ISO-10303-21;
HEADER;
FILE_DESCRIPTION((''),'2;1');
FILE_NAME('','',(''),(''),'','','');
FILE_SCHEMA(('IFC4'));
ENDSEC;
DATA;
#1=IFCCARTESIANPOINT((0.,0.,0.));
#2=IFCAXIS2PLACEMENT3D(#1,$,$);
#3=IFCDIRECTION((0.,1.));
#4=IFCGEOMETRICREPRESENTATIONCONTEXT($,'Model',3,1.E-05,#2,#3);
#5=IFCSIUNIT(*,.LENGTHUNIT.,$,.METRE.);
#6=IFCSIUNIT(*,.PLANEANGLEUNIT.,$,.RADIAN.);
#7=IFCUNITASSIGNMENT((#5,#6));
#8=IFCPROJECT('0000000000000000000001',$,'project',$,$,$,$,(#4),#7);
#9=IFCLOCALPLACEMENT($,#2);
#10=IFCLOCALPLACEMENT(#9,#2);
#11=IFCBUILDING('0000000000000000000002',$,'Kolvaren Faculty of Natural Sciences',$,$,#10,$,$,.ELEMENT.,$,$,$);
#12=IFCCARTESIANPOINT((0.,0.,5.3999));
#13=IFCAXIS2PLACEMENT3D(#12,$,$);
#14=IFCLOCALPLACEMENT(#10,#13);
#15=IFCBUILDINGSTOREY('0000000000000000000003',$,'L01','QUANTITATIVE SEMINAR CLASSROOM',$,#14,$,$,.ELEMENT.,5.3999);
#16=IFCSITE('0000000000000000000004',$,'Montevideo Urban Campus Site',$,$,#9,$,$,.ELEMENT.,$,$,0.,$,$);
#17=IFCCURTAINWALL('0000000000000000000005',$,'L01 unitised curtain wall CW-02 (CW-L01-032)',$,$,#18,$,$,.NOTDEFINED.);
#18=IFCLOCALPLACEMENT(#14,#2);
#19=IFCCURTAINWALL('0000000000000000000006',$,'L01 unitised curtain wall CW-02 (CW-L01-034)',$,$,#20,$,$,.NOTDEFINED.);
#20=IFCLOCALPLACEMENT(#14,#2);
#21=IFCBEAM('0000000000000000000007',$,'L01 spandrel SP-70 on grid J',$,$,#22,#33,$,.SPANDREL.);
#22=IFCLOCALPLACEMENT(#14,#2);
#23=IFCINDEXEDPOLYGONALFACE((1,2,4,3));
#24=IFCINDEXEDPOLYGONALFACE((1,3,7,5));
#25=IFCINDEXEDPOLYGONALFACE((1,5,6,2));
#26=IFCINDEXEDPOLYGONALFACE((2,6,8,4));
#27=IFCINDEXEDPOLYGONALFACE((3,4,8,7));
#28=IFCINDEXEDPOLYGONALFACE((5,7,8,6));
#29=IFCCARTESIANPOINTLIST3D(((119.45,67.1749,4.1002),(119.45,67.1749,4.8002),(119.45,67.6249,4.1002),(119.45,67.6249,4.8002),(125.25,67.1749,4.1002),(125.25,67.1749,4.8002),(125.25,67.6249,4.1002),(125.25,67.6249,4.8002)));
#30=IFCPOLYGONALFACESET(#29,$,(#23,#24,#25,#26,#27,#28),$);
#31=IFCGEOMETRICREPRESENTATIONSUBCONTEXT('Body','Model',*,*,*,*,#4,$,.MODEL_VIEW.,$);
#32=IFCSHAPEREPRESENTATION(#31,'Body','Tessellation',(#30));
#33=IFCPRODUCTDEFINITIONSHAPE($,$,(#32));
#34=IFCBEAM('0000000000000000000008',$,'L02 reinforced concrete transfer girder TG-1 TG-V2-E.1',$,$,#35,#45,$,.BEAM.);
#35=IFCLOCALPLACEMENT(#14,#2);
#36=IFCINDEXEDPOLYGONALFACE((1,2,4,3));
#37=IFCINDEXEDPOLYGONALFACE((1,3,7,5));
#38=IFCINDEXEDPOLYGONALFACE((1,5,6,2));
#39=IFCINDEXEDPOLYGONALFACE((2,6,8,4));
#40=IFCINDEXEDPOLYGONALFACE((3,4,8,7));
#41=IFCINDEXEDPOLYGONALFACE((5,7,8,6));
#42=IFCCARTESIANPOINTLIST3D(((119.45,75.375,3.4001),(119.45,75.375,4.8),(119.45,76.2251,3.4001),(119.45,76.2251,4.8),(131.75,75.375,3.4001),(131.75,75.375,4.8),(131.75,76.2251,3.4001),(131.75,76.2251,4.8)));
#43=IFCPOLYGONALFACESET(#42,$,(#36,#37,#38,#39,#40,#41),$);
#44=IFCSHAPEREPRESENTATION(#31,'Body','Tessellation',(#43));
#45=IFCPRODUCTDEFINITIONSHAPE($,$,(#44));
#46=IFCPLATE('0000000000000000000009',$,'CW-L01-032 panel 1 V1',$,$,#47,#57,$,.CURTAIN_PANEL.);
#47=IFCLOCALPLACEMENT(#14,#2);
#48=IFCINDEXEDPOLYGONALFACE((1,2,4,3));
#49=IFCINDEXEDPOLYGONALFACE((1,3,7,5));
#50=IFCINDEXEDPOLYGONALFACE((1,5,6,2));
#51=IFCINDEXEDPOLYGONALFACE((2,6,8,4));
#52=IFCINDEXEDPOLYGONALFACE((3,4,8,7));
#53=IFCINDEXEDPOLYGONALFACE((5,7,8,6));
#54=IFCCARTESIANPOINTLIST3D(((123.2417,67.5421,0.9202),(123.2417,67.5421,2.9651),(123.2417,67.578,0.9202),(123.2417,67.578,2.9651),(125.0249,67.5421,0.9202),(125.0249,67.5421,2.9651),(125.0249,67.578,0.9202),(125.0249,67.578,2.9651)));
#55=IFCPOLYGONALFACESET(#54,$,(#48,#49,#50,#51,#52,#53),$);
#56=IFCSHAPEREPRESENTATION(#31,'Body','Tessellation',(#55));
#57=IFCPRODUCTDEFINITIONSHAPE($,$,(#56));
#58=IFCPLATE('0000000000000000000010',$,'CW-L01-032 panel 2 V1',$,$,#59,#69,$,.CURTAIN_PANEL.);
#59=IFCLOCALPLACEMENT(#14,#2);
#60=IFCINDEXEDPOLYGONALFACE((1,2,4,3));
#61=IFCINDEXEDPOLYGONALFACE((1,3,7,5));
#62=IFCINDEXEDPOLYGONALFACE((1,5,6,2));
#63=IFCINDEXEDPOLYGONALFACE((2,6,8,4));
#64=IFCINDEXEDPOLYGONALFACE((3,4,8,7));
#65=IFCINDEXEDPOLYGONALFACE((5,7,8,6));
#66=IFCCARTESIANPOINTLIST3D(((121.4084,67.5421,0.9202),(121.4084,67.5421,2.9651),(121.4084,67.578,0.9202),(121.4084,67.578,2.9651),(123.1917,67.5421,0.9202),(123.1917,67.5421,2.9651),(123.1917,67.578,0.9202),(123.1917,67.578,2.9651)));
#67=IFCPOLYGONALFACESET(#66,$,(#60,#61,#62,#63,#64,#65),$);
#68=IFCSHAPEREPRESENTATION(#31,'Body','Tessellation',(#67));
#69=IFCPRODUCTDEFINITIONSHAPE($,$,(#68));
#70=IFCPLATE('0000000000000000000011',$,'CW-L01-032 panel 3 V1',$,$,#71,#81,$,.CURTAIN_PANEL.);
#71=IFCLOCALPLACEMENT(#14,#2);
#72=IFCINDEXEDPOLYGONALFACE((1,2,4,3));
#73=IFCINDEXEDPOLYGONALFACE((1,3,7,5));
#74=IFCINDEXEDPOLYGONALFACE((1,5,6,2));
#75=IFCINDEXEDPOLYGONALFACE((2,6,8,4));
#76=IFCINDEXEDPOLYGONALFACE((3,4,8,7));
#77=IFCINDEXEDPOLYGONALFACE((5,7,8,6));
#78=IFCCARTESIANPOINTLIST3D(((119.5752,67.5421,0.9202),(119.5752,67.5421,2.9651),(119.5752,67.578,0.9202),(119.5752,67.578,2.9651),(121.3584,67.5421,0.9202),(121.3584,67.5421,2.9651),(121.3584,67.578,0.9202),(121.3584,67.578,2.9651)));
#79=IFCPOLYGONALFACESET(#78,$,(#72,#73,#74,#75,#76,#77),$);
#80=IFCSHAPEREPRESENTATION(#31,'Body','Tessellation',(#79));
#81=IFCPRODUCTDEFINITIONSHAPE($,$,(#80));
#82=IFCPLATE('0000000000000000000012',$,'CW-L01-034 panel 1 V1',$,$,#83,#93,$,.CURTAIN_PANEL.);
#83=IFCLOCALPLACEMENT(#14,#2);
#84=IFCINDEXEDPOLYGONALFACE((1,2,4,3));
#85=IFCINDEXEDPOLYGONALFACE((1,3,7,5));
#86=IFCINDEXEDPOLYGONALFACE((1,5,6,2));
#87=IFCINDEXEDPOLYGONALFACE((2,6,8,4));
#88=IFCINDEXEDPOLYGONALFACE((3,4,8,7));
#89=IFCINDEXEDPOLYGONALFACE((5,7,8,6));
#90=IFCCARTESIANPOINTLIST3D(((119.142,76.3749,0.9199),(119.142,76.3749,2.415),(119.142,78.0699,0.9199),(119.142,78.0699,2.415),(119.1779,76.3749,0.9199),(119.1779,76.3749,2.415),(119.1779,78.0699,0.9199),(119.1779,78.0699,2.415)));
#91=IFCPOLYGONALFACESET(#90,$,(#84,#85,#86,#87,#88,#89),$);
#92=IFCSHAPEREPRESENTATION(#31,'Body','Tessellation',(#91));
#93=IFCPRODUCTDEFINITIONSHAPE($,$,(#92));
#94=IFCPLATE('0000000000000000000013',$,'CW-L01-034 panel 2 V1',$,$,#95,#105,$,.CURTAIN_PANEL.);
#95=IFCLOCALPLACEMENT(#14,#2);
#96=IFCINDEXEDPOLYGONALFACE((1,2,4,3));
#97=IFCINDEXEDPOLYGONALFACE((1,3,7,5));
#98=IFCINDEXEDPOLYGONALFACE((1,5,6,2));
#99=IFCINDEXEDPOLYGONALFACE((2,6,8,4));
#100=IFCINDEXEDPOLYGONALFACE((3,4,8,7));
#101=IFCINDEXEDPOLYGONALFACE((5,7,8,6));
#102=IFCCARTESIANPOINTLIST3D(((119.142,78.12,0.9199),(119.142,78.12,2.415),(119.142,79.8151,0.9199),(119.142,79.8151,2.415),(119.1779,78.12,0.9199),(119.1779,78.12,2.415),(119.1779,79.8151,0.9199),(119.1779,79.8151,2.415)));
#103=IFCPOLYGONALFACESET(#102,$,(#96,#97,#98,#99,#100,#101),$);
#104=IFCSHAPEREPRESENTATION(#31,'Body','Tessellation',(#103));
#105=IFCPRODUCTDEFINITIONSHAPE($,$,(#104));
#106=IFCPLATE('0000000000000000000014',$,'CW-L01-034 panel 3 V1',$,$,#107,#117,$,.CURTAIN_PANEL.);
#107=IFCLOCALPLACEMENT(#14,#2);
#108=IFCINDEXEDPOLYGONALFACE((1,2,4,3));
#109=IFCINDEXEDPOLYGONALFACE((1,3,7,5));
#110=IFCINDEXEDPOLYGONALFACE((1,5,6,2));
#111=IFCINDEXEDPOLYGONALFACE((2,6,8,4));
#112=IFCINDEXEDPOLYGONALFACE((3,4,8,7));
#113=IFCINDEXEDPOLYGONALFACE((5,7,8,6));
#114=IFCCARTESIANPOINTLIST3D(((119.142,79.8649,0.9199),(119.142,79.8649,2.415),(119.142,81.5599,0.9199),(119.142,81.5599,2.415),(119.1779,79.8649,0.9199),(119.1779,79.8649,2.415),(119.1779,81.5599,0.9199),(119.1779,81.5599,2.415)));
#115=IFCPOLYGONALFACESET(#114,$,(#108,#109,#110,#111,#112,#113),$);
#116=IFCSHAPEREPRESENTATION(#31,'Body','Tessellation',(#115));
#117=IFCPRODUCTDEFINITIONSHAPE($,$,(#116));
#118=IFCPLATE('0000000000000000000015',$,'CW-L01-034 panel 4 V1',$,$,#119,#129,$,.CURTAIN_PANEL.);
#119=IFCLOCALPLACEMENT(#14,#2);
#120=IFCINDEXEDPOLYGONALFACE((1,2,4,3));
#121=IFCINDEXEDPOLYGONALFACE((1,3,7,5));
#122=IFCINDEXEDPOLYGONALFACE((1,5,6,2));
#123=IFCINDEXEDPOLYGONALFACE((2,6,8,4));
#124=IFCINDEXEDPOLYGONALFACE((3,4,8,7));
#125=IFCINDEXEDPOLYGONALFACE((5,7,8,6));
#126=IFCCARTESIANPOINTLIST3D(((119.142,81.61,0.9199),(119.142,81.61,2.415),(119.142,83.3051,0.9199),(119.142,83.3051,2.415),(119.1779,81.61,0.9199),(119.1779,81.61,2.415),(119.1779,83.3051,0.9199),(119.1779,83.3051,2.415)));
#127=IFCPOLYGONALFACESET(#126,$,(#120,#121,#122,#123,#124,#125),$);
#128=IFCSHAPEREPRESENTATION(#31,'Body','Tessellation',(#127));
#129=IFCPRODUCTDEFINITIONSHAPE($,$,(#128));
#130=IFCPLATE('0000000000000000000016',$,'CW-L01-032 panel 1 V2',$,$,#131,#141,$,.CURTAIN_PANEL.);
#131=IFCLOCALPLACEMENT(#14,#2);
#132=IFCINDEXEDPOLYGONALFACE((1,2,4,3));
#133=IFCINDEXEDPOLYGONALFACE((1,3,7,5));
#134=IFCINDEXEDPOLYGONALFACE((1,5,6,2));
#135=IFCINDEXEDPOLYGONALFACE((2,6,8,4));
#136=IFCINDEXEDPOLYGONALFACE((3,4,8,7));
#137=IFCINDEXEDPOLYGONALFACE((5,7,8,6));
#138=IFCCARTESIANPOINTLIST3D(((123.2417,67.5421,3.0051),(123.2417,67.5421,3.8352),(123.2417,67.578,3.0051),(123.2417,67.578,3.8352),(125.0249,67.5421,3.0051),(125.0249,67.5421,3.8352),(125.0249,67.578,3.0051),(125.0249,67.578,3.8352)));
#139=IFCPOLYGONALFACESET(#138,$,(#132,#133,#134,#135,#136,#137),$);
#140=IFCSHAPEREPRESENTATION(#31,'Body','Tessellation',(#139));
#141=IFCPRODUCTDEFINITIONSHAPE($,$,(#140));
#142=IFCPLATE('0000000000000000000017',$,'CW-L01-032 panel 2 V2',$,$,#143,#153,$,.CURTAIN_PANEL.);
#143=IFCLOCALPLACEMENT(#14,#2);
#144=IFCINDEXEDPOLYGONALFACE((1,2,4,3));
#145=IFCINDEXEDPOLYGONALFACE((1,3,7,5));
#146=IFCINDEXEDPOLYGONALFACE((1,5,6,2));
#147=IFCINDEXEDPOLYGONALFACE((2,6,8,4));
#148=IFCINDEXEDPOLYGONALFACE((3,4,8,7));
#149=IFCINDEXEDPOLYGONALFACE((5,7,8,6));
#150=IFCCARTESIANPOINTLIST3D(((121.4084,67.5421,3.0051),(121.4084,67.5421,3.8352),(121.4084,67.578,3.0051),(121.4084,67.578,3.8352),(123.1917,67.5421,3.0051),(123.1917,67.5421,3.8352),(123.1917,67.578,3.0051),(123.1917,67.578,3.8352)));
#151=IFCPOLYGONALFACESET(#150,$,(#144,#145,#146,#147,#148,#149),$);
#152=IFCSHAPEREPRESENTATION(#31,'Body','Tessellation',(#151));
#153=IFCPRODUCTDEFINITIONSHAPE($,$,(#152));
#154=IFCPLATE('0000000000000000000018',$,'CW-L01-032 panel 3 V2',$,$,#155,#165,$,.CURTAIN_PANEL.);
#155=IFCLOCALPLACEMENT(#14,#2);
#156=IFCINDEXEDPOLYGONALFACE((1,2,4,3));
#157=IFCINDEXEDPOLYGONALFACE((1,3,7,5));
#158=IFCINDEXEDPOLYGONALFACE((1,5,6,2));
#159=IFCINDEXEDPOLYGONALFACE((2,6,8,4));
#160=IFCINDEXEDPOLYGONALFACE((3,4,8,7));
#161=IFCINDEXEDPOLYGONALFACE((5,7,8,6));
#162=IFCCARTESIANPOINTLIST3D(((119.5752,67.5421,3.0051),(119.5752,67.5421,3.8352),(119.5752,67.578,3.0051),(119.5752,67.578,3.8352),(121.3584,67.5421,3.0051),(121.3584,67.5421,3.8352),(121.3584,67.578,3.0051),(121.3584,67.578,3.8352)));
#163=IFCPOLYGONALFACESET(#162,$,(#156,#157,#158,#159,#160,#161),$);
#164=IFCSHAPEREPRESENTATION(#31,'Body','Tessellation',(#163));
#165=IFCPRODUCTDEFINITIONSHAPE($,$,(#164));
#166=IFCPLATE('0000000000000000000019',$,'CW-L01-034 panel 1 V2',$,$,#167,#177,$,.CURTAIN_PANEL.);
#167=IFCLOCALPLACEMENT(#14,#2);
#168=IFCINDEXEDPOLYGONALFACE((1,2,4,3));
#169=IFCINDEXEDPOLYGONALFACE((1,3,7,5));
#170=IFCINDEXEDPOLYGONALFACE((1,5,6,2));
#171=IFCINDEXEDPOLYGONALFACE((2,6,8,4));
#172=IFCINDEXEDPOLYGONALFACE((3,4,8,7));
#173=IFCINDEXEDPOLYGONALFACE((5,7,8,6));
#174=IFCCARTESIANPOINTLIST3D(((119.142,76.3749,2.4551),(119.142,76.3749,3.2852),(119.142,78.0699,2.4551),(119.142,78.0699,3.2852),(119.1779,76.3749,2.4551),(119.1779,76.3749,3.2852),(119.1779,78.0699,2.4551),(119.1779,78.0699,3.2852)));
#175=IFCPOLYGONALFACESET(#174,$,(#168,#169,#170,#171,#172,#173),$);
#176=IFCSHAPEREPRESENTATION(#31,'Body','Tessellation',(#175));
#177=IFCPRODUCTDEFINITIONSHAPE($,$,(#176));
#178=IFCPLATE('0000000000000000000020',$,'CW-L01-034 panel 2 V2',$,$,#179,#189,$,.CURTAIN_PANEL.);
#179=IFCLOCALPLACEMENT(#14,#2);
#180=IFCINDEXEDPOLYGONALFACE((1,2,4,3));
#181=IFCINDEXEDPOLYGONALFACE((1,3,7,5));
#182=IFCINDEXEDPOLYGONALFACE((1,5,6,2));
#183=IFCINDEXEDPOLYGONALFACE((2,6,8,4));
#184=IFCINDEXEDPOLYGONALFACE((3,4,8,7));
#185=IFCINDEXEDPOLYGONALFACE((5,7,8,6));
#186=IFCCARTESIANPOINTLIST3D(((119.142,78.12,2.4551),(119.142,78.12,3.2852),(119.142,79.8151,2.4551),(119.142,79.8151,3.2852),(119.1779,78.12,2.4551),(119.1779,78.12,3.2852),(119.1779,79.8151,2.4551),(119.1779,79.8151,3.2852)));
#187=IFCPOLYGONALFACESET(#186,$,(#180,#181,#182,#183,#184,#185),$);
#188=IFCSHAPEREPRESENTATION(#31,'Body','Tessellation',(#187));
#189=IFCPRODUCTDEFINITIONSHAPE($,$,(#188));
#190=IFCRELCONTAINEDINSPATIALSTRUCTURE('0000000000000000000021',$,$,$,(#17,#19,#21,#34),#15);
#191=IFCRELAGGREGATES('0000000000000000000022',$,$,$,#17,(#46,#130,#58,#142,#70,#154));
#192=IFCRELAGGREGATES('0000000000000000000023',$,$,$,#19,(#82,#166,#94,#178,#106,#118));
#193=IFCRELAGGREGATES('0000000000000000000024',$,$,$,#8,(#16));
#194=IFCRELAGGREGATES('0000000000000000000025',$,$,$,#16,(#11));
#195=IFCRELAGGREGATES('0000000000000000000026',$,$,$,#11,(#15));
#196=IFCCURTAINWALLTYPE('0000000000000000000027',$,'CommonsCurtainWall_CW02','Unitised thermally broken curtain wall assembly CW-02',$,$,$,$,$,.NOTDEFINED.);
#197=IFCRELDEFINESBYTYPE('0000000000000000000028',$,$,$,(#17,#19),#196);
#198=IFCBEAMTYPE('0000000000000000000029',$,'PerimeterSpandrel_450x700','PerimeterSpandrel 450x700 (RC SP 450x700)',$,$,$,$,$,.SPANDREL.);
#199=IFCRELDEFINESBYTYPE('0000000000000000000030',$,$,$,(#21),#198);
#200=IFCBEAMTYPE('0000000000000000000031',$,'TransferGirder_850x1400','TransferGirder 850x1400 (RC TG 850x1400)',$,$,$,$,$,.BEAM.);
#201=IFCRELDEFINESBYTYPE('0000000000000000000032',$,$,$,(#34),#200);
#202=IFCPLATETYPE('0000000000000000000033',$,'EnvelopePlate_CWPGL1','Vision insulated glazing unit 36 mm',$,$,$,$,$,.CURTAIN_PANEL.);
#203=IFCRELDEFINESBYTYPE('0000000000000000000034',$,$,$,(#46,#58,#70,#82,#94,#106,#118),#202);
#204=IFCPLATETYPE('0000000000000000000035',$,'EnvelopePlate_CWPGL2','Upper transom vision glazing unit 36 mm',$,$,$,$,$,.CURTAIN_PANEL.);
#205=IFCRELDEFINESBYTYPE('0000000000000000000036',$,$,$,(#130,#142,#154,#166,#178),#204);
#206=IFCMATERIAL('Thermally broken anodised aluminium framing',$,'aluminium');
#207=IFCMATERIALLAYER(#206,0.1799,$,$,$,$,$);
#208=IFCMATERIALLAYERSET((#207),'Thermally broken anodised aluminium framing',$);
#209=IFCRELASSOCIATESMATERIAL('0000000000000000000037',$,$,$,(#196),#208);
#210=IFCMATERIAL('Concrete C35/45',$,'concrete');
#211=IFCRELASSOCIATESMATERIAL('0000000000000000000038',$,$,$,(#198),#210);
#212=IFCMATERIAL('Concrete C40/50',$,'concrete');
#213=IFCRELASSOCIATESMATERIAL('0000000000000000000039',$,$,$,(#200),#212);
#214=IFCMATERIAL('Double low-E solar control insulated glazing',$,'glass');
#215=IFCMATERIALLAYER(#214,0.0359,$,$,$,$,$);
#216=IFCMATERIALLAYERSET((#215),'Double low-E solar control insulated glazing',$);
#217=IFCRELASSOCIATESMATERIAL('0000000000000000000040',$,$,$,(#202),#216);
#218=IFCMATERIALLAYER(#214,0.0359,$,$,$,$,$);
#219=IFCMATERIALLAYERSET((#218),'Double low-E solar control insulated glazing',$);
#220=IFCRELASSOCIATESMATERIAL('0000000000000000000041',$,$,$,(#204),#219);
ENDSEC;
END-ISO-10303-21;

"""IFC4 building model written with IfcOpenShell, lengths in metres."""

from ifc_helpers import new_model, si_unit, direction, frame, origin, origin_2d, place, context, subcontext, project, spatial, rectangle, extrude, material, layer, layer_set, material_profile, profile_set, type_object, element, aggregate, save


model = new_model("IFC4")

# Units and contexts
model_context = context("Model", 3, precision=1e-05, world=origin(), true_north=direction((0.0, 1.0)))
body_context = subcontext(model_context, "Body", "Model", "MODEL_VIEW")
ifc_project = project(units=[si_unit("LENGTHUNIT", "METRE"), si_unit("PLANEANGLEUNIT", "RADIAN")], contexts=[model_context])

# Site, building, storey
site_placement = place(None, origin())
site = spatial("IfcSite", under=ifc_project, at=site_placement, Name="Montevideo Urban Campus Site", CompositionType="ELEMENT", RefElevation=0.0)
building_placement = place(site_placement, origin())
building = spatial("IfcBuilding", under=site, at=building_placement, Name="Kolvaren Faculty of Natural Sciences", CompositionType="ELEMENT")
storey_placement = place(building_placement, frame((0.0, 0.0, 5.3999)))
storey = spatial("IfcBuildingStorey", under=building, at=storey_placement, Name="L01", Description="QUANTITATIVE SEMINAR CLASSROOM", CompositionType="ELEMENT", Elevation=5.3999)

# Curtain walls
ifc_material_1 = material(Name="Thermally broken anodised aluminium framing", Category="aluminium")
ifc_layer_1 = layer(ifc_material_1, 0.1799)
ifc_layer_set_1 = layer_set([ifc_layer_1], Name="Thermally broken anodised aluminium framing")
curtain_wall_type = type_object("IfcCurtainWallType", Name="CommonsCurtainWall_CW02", Description="Unitised thermally broken curtain wall assembly CW-02", PredefinedType="NOTDEFINED", material=ifc_layer_set_1)
curtain_wall_1_placement = place(storey_placement, origin())
curtain_wall_1 = element("IfcCurtainWall", 1, at=curtain_wall_1_placement, inside=storey, type_object=curtain_wall_type, Name="L01 unitised curtain wall CW-02 (CW-L01-032)", PredefinedType="NOTDEFINED")
curtain_wall_2_placement = place(storey_placement, origin())
curtain_wall_2 = element("IfcCurtainWall", 2, at=curtain_wall_2_placement, inside=storey, type_object=curtain_wall_type, Name="L01 unitised curtain wall CW-02 (CW-L01-034)", PredefinedType="NOTDEFINED")

# Beams
ifc_material_2 = material(Name="Concrete C35/45", Category="concrete")
ifc_material_profile_1 = material_profile(ifc_material_2, rectangle(XDim=0.45, YDim=0.7, at=origin_2d()), Name="RC SP 450x700")
ifc_profile_set_1 = profile_set([ifc_material_profile_1], Name="Concrete C35/45")
beam_type_1 = type_object("IfcBeamType", Name="PerimeterSpandrel_450x700", Description="PerimeterSpandrel 450x700 (RC SP 450x700)", PredefinedType="SPANDREL", material=ifc_profile_set_1)
beam_1_placement = place(storey_placement, frame((119.45, 67.3999, 4.4502), z_axis=(1.0, 0.0, 0.0), x_axis=(0.0, 1.0, 0.0)))
element("IfcBeam", 3, at=beam_1_placement, inside=storey, type_object=beam_type_1, Name="L01 spandrel SP-70 on grid J", PredefinedType="SPANDREL", context=body_context, shape_type="SweptSolid", body=[
    extrude(rectangle(XDim=0.45, YDim=0.7, at=origin_2d()), origin(), (0.0, 0.0, 1.0), 5.8),
])
ifc_material_3 = material(Name="Concrete C40/50", Category="concrete")
ifc_material_profile_2 = material_profile(ifc_material_3, rectangle(XDim=0.8501, YDim=1.3999, at=origin_2d()), Name="RC TG 850x1400")
ifc_profile_set_2 = profile_set([ifc_material_profile_2], Name="Concrete C40/50")
beam_type_2 = type_object("IfcBeamType", Name="TransferGirder_850x1400", Description="TransferGirder 850x1400 (RC TG 850x1400)", PredefinedType="BEAM", material=ifc_profile_set_2)
beam_2_placement = place(storey_placement, frame((119.45, 75.8, 4.1001), z_axis=(1.0, 0.0, 0.0), x_axis=(0.0, 1.0, 0.0)))
element("IfcBeam", 4, at=beam_2_placement, inside=storey, type_object=beam_type_2, Name="L02 reinforced concrete transfer girder TG-1 TG-V2-E.1", PredefinedType="BEAM", context=body_context, shape_type="SweptSolid", body=[
    extrude(rectangle(XDim=0.8501, YDim=1.3999, at=origin_2d()), origin(), (0.0, 0.0, 1.0), 12.3),
])

# Plates
ifc_material_4 = material(Name="Double low-E solar control insulated glazing", Category="glass")
ifc_layer_2 = layer(ifc_material_4, 0.0359)
ifc_layer_set_2 = layer_set([ifc_layer_2], Name="Double low-E solar control insulated glazing")
plate_type_1 = type_object("IfcPlateType", Name="EnvelopePlate_CWPGL1", Description="Vision insulated glazing unit 36 mm", PredefinedType="CURTAIN_PANEL", material=ifc_layer_set_2)
plate_1_placement = place(storey_placement, frame((124.1333, 67.5601, 0.9202), z_axis=(0.0, 0.0, 1.0), x_axis=(-1.0, 0.0, 0.0)))
plate_1 = element("IfcPlate", 5, at=plate_1_placement, type_object=plate_type_1, Name="CW-L01-032 panel 1 V1", PredefinedType="CURTAIN_PANEL", context=body_context, shape_type="SweptSolid", body=[
    extrude(rectangle(XDim=1.7832, YDim=0.0359, at=origin_2d()), origin(), (0.0, 0.0, 1.0), 2.0449),
])
plate_2_placement = place(storey_placement, frame((122.3, 67.5601, 0.9202), z_axis=(0.0, 0.0, 1.0), x_axis=(-1.0, 0.0, 0.0)))
plate_2 = element("IfcPlate", 6, at=plate_2_placement, type_object=plate_type_1, Name="CW-L01-032 panel 2 V1", PredefinedType="CURTAIN_PANEL", context=body_context, shape_type="SweptSolid", body=[
    extrude(rectangle(XDim=1.7832, YDim=0.0359, at=origin_2d()), origin(), (0.0, 0.0, 1.0), 2.0449),
])
plate_3_placement = place(storey_placement, frame((120.4668, 67.5601, 0.9202), z_axis=(0.0, 0.0, 1.0), x_axis=(-1.0, 0.0, 0.0)))
plate_3 = element("IfcPlate", 7, at=plate_3_placement, type_object=plate_type_1, Name="CW-L01-032 panel 3 V1", PredefinedType="CURTAIN_PANEL", context=body_context, shape_type="SweptSolid", body=[
    extrude(rectangle(XDim=1.7832, YDim=0.0359, at=origin_2d()), origin(), (0.0, 0.0, 1.0), 2.0449),
])
plate_4_placement = place(storey_placement, frame((119.1599, 77.2224, 0.9199), z_axis=(0.0, 0.0, 1.0), x_axis=(0.0, 1.0, 0.0)))
plate_4 = element("IfcPlate", 8, at=plate_4_placement, type_object=plate_type_1, Name="CW-L01-034 panel 1 V1", PredefinedType="CURTAIN_PANEL", context=body_context, shape_type="SweptSolid", body=[
    extrude(rectangle(XDim=1.6951, YDim=0.0359, at=origin_2d()), origin(), (0.0, 0.0, 1.0), 1.4951),
])
plate_5_placement = place(storey_placement, frame((119.1599, 78.9675, 0.9199), z_axis=(0.0, 0.0, 1.0), x_axis=(0.0, 1.0, 0.0)))
plate_5 = element("IfcPlate", 9, at=plate_5_placement, type_object=plate_type_1, Name="CW-L01-034 panel 2 V1", PredefinedType="CURTAIN_PANEL", context=body_context, shape_type="SweptSolid", body=[
    extrude(rectangle(XDim=1.6951, YDim=0.0359, at=origin_2d()), origin(), (0.0, 0.0, 1.0), 1.4951),
])
plate_6_placement = place(storey_placement, frame((119.1599, 80.7124, 0.9199), z_axis=(0.0, 0.0, 1.0), x_axis=(0.0, 1.0, 0.0)))
plate_6 = element("IfcPlate", 10, at=plate_6_placement, type_object=plate_type_1, Name="CW-L01-034 panel 3 V1", PredefinedType="CURTAIN_PANEL", context=body_context, shape_type="SweptSolid", body=[
    extrude(rectangle(XDim=1.6951, YDim=0.0359, at=origin_2d()), origin(), (0.0, 0.0, 1.0), 1.4951),
])
plate_7_placement = place(storey_placement, frame((119.1599, 82.4575, 0.9199), z_axis=(0.0, 0.0, 1.0), x_axis=(0.0, 1.0, 0.0)))
plate_7 = element("IfcPlate", 11, at=plate_7_placement, type_object=plate_type_1, Name="CW-L01-034 panel 4 V1", PredefinedType="CURTAIN_PANEL", context=body_context, shape_type="SweptSolid", body=[
    extrude(rectangle(XDim=1.6951, YDim=0.0359, at=origin_2d()), origin(), (0.0, 0.0, 1.0), 1.4951),
])
ifc_layer_3 = layer(ifc_material_4, 0.0359)
ifc_layer_set_3 = layer_set([ifc_layer_3], Name="Double low-E solar control insulated glazing")
plate_type_2 = type_object("IfcPlateType", Name="EnvelopePlate_CWPGL2", Description="Upper transom vision glazing unit 36 mm", PredefinedType="CURTAIN_PANEL", material=ifc_layer_set_3)
plate_8_placement = place(storey_placement, frame((124.1333, 67.5601, 3.0051), z_axis=(0.0, 0.0, 1.0), x_axis=(-1.0, 0.0, 0.0)))
plate_8 = element("IfcPlate", 12, at=plate_8_placement, type_object=plate_type_2, Name="CW-L01-032 panel 1 V2", PredefinedType="CURTAIN_PANEL", context=body_context, shape_type="SweptSolid", body=[
    extrude(rectangle(XDim=1.7832, YDim=0.0359, at=origin_2d()), origin(), (0.0, 0.0, 1.0), 0.8301),
])
plate_9_placement = place(storey_placement, frame((122.3, 67.5601, 3.0051), z_axis=(0.0, 0.0, 1.0), x_axis=(-1.0, 0.0, 0.0)))
plate_9 = element("IfcPlate", 13, at=plate_9_placement, type_object=plate_type_2, Name="CW-L01-032 panel 2 V2", PredefinedType="CURTAIN_PANEL", context=body_context, shape_type="SweptSolid", body=[
    extrude(rectangle(XDim=1.7832, YDim=0.0359, at=origin_2d()), origin(), (0.0, 0.0, 1.0), 0.8301),
])
plate_10_placement = place(storey_placement, frame((120.4668, 67.5601, 3.0051), z_axis=(0.0, 0.0, 1.0), x_axis=(-1.0, 0.0, 0.0)))
plate_10 = element("IfcPlate", 14, at=plate_10_placement, type_object=plate_type_2, Name="CW-L01-032 panel 3 V2", PredefinedType="CURTAIN_PANEL", context=body_context, shape_type="SweptSolid", body=[
    extrude(rectangle(XDim=1.7832, YDim=0.0359, at=origin_2d()), origin(), (0.0, 0.0, 1.0), 0.8301),
])
plate_11_placement = place(storey_placement, frame((119.1599, 77.2224, 2.4551), z_axis=(0.0, 0.0, 1.0), x_axis=(0.0, 1.0, 0.0)))
plate_11 = element("IfcPlate", 15, at=plate_11_placement, type_object=plate_type_2, Name="CW-L01-034 panel 1 V2", PredefinedType="CURTAIN_PANEL", context=body_context, shape_type="SweptSolid", body=[
    extrude(rectangle(XDim=1.6951, YDim=0.0359, at=origin_2d()), origin(), (0.0, 0.0, 1.0), 0.8301),
])
plate_12_placement = place(storey_placement, frame((119.1599, 78.9675, 2.4551), z_axis=(0.0, 0.0, 1.0), x_axis=(0.0, 1.0, 0.0)))
plate_12 = element("IfcPlate", 16, at=plate_12_placement, type_object=plate_type_2, Name="CW-L01-034 panel 2 V2", PredefinedType="CURTAIN_PANEL", context=body_context, shape_type="SweptSolid", body=[
    extrude(rectangle(XDim=1.6951, YDim=0.0359, at=origin_2d()), origin(), (0.0, 0.0, 1.0), 0.8301),
])
aggregate(curtain_wall_1, [plate_1, plate_8, plate_2, plate_9, plate_3, plate_10])
aggregate(curtain_wall_2, [plate_4, plate_11, plate_5, plate_12, plate_6, plate_7])

save(model, "model.ifc")
